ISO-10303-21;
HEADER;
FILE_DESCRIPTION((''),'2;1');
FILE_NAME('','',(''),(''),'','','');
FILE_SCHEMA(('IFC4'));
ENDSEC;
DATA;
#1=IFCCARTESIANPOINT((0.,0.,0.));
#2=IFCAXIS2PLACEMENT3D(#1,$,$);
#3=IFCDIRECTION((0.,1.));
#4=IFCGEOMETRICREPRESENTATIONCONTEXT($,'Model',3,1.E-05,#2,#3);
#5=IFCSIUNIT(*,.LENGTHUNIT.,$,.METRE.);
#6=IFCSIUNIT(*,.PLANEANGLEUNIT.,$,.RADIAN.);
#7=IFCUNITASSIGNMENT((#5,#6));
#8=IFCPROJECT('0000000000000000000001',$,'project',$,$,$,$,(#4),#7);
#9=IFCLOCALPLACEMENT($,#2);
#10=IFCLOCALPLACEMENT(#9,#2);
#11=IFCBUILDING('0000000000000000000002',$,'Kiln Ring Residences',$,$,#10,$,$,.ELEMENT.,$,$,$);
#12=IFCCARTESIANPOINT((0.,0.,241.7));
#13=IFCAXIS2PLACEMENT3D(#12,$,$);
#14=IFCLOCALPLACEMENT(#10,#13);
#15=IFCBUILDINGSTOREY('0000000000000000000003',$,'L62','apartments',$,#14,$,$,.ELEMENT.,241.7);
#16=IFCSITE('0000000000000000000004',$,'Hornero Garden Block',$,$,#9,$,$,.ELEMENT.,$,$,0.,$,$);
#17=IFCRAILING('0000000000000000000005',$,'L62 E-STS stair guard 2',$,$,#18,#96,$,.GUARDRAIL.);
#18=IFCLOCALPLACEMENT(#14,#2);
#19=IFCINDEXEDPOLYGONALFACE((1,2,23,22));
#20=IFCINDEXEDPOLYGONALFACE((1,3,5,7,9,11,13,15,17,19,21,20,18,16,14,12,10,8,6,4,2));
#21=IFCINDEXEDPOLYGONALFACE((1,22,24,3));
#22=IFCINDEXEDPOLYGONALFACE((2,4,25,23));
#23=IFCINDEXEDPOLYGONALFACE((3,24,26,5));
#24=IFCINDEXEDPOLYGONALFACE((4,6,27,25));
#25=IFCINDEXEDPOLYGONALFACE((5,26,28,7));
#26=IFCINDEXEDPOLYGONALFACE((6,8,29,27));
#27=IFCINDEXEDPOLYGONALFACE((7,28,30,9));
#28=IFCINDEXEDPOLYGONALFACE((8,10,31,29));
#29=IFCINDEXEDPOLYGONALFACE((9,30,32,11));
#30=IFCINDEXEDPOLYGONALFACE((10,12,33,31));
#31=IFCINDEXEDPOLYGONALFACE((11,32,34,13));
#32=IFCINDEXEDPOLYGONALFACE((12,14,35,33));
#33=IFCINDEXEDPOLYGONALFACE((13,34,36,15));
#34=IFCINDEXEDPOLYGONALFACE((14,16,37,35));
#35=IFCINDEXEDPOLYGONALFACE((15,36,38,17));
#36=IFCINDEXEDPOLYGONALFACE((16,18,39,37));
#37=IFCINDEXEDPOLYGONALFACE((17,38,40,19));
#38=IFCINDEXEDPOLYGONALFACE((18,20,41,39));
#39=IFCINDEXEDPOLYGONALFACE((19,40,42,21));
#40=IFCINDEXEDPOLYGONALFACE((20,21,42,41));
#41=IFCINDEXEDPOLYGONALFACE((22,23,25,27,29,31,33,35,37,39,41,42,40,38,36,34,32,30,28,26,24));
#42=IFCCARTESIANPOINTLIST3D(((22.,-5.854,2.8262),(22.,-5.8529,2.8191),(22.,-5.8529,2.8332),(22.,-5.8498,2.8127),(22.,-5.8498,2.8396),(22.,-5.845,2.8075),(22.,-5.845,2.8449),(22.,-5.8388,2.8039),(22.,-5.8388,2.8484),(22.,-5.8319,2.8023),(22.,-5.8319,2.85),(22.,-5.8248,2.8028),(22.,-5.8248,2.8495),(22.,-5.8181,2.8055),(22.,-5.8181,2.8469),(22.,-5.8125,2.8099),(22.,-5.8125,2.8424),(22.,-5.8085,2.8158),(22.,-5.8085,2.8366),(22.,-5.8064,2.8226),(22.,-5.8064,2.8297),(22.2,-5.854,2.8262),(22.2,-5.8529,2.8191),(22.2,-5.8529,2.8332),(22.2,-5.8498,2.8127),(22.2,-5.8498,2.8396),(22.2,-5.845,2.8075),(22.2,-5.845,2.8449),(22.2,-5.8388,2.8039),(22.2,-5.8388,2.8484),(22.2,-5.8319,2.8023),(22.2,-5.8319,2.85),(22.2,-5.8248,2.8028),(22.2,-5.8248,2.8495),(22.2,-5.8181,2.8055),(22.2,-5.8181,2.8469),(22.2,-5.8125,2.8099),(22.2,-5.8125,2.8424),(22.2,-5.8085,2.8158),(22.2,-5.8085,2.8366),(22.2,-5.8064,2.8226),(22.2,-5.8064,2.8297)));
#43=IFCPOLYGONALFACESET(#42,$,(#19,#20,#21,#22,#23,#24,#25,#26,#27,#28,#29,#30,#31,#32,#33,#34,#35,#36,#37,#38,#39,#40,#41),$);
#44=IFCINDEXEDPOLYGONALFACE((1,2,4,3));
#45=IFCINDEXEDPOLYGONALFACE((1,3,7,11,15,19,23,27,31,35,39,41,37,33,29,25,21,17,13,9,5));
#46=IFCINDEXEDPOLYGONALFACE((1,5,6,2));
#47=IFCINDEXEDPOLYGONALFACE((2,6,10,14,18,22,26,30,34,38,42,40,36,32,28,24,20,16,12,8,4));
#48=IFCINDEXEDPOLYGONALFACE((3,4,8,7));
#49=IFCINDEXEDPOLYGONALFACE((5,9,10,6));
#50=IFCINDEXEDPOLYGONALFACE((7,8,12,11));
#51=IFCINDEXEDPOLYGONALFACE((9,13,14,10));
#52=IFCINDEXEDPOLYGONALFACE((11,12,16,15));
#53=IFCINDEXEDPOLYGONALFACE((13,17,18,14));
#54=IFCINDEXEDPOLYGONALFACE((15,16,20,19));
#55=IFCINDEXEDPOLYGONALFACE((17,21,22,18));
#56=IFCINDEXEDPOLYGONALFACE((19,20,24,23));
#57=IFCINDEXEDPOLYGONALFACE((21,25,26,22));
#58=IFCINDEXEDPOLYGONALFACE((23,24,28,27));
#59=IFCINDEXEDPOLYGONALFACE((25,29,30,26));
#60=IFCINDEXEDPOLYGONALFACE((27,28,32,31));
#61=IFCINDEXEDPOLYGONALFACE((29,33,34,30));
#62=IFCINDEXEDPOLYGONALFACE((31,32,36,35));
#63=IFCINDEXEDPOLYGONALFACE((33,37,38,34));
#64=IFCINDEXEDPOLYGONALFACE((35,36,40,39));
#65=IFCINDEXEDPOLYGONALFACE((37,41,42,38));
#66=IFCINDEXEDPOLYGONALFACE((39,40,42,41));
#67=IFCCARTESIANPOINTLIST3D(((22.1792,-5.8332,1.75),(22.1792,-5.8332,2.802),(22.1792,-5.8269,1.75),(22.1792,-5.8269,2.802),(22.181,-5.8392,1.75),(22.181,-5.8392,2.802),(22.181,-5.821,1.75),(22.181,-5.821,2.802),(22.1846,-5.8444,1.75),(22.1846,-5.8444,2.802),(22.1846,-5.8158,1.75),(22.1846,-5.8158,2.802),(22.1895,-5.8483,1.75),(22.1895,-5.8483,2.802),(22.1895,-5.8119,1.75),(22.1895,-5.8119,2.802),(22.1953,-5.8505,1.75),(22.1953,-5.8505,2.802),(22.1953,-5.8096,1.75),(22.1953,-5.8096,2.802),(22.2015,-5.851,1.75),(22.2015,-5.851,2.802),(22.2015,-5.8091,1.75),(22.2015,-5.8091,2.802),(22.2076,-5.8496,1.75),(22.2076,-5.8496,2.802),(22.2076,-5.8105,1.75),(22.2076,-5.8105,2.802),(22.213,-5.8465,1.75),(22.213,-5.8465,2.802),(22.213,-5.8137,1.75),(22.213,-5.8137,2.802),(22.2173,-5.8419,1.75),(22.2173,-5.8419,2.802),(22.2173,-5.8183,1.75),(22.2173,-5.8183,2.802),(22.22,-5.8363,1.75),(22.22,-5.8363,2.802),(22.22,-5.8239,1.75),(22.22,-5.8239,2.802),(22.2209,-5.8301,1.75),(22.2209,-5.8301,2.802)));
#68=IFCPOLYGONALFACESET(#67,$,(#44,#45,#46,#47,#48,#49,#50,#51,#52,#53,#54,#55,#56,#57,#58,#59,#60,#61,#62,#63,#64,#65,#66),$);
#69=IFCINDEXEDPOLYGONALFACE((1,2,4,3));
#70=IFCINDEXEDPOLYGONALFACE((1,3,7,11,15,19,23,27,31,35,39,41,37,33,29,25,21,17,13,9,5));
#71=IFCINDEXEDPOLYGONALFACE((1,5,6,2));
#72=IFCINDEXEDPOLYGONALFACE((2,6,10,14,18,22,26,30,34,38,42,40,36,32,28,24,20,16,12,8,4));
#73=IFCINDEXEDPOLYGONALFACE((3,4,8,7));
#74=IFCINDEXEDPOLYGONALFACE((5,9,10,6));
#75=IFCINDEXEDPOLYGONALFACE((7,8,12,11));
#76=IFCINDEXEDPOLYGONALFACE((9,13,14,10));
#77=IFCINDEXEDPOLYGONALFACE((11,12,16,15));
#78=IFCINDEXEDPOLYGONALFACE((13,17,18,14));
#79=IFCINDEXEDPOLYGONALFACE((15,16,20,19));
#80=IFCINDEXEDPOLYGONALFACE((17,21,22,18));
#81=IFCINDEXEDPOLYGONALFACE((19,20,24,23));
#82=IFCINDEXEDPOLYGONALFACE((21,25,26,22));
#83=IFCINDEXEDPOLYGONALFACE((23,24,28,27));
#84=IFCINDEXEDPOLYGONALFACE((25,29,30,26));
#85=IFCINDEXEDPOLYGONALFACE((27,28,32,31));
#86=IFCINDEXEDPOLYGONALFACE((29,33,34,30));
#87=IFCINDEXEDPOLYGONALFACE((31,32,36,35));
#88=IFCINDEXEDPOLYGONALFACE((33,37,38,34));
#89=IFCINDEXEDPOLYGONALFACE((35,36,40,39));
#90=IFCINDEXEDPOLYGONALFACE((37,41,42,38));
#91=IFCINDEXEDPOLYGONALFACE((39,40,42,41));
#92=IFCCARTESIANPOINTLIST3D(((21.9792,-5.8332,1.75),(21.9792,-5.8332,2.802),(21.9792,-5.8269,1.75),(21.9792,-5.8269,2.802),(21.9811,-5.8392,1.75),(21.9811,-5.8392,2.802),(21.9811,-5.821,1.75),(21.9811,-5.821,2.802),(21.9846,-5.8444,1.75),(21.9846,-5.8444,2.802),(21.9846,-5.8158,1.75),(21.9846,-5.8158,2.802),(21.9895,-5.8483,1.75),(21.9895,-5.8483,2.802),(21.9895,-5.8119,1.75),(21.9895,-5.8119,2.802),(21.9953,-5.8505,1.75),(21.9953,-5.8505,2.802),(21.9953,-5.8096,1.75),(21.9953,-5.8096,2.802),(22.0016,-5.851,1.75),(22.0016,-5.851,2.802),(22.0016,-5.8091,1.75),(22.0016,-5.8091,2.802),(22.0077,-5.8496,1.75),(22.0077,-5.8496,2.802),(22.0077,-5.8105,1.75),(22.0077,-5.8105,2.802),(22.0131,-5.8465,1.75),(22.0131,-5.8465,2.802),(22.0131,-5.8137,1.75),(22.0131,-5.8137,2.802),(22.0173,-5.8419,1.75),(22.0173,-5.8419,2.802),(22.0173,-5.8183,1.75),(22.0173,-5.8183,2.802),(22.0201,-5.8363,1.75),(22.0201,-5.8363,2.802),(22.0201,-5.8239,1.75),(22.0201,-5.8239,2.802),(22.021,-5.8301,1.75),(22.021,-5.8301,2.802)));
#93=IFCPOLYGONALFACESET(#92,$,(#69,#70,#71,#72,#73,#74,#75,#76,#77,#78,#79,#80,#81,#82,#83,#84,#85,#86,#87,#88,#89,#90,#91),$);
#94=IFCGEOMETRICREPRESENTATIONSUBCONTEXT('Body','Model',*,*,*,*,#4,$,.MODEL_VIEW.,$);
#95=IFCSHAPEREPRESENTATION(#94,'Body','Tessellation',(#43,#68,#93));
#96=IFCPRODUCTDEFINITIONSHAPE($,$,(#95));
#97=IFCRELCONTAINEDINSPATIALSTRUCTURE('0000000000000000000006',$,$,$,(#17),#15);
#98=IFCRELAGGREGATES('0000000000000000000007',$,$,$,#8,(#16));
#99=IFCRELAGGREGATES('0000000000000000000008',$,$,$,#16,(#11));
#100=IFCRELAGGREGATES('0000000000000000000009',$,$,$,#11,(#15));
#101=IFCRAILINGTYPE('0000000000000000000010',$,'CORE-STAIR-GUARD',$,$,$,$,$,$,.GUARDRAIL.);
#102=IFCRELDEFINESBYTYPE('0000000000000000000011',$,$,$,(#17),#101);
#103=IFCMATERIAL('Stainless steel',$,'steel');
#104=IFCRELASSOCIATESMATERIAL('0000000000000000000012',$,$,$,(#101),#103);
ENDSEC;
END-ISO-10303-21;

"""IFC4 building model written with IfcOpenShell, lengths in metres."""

from ifc_helpers import new_model, si_unit, direction, frame, origin, origin_2d, place, context, subcontext, project, spatial, circle, extrude, material, type_object, element, save


model = new_model("IFC4")

# Units and contexts
model_context = context("Model", 3, precision=1e-05, world=origin(), true_north=direction((0.0, 1.0)))
body_context = subcontext(model_context, "Body", "Model", "MODEL_VIEW")
ifc_project = project(units=[si_unit("LENGTHUNIT", "METRE"), si_unit("PLANEANGLEUNIT", "RADIAN")], contexts=[model_context])

# Site, building, storey
site_placement = place(None, origin())
site = spatial("IfcSite", under=ifc_project, at=site_placement, Name="Hornero Garden Block", CompositionType="ELEMENT", RefElevation=0.0)
building_placement = place(site_placement, origin())
building = spatial("IfcBuilding", under=site, at=building_placement, Name="Kiln Ring Residences", CompositionType="ELEMENT")
storey_placement = place(building_placement, frame((0.0, 0.0, 241.7)))
storey = spatial("IfcBuildingStorey", under=building, at=storey_placement, Name="L62", Description="apartments", CompositionType="ELEMENT", Elevation=241.7)

# Railing
ifc_material_1 = material(Name="Stainless steel", Category="steel")
railing_type_1 = type_object("IfcRailingType", Name="CORE-STAIR-GUARD", PredefinedType="GUARDRAIL", material=ifc_material_1)
railing_1_placement = place(storey_placement, frame((22.2, -5.8301, 1.75)))
element("IfcRailing", 1, at=railing_1_placement, inside=storey, type_object=railing_type_1, Name="L62 E-STS stair guard 2", PredefinedType="GUARDRAIL", context=body_context, shape_type="SweptSolid", body=[
    extrude(circle(Radius=0.0239, at=origin_2d()), frame((0.0, 0.0, 1.0762), z_axis=(-1.0, 0.0, 0.0), x_axis=(0.0, -1.0, 0.0)), (0.0, 0.0, 1.0), 0.2),
    extrude(circle(Radius=0.021, at=origin_2d()), origin(), (0.0, 0.0, 1.0), 1.052),
    extrude(circle(Radius=0.021, at=origin_2d()), frame((-0.2, 0.0, 0.0)), (0.0, 0.0, 1.0), 1.052),
])

save(model, "model.ifc")
